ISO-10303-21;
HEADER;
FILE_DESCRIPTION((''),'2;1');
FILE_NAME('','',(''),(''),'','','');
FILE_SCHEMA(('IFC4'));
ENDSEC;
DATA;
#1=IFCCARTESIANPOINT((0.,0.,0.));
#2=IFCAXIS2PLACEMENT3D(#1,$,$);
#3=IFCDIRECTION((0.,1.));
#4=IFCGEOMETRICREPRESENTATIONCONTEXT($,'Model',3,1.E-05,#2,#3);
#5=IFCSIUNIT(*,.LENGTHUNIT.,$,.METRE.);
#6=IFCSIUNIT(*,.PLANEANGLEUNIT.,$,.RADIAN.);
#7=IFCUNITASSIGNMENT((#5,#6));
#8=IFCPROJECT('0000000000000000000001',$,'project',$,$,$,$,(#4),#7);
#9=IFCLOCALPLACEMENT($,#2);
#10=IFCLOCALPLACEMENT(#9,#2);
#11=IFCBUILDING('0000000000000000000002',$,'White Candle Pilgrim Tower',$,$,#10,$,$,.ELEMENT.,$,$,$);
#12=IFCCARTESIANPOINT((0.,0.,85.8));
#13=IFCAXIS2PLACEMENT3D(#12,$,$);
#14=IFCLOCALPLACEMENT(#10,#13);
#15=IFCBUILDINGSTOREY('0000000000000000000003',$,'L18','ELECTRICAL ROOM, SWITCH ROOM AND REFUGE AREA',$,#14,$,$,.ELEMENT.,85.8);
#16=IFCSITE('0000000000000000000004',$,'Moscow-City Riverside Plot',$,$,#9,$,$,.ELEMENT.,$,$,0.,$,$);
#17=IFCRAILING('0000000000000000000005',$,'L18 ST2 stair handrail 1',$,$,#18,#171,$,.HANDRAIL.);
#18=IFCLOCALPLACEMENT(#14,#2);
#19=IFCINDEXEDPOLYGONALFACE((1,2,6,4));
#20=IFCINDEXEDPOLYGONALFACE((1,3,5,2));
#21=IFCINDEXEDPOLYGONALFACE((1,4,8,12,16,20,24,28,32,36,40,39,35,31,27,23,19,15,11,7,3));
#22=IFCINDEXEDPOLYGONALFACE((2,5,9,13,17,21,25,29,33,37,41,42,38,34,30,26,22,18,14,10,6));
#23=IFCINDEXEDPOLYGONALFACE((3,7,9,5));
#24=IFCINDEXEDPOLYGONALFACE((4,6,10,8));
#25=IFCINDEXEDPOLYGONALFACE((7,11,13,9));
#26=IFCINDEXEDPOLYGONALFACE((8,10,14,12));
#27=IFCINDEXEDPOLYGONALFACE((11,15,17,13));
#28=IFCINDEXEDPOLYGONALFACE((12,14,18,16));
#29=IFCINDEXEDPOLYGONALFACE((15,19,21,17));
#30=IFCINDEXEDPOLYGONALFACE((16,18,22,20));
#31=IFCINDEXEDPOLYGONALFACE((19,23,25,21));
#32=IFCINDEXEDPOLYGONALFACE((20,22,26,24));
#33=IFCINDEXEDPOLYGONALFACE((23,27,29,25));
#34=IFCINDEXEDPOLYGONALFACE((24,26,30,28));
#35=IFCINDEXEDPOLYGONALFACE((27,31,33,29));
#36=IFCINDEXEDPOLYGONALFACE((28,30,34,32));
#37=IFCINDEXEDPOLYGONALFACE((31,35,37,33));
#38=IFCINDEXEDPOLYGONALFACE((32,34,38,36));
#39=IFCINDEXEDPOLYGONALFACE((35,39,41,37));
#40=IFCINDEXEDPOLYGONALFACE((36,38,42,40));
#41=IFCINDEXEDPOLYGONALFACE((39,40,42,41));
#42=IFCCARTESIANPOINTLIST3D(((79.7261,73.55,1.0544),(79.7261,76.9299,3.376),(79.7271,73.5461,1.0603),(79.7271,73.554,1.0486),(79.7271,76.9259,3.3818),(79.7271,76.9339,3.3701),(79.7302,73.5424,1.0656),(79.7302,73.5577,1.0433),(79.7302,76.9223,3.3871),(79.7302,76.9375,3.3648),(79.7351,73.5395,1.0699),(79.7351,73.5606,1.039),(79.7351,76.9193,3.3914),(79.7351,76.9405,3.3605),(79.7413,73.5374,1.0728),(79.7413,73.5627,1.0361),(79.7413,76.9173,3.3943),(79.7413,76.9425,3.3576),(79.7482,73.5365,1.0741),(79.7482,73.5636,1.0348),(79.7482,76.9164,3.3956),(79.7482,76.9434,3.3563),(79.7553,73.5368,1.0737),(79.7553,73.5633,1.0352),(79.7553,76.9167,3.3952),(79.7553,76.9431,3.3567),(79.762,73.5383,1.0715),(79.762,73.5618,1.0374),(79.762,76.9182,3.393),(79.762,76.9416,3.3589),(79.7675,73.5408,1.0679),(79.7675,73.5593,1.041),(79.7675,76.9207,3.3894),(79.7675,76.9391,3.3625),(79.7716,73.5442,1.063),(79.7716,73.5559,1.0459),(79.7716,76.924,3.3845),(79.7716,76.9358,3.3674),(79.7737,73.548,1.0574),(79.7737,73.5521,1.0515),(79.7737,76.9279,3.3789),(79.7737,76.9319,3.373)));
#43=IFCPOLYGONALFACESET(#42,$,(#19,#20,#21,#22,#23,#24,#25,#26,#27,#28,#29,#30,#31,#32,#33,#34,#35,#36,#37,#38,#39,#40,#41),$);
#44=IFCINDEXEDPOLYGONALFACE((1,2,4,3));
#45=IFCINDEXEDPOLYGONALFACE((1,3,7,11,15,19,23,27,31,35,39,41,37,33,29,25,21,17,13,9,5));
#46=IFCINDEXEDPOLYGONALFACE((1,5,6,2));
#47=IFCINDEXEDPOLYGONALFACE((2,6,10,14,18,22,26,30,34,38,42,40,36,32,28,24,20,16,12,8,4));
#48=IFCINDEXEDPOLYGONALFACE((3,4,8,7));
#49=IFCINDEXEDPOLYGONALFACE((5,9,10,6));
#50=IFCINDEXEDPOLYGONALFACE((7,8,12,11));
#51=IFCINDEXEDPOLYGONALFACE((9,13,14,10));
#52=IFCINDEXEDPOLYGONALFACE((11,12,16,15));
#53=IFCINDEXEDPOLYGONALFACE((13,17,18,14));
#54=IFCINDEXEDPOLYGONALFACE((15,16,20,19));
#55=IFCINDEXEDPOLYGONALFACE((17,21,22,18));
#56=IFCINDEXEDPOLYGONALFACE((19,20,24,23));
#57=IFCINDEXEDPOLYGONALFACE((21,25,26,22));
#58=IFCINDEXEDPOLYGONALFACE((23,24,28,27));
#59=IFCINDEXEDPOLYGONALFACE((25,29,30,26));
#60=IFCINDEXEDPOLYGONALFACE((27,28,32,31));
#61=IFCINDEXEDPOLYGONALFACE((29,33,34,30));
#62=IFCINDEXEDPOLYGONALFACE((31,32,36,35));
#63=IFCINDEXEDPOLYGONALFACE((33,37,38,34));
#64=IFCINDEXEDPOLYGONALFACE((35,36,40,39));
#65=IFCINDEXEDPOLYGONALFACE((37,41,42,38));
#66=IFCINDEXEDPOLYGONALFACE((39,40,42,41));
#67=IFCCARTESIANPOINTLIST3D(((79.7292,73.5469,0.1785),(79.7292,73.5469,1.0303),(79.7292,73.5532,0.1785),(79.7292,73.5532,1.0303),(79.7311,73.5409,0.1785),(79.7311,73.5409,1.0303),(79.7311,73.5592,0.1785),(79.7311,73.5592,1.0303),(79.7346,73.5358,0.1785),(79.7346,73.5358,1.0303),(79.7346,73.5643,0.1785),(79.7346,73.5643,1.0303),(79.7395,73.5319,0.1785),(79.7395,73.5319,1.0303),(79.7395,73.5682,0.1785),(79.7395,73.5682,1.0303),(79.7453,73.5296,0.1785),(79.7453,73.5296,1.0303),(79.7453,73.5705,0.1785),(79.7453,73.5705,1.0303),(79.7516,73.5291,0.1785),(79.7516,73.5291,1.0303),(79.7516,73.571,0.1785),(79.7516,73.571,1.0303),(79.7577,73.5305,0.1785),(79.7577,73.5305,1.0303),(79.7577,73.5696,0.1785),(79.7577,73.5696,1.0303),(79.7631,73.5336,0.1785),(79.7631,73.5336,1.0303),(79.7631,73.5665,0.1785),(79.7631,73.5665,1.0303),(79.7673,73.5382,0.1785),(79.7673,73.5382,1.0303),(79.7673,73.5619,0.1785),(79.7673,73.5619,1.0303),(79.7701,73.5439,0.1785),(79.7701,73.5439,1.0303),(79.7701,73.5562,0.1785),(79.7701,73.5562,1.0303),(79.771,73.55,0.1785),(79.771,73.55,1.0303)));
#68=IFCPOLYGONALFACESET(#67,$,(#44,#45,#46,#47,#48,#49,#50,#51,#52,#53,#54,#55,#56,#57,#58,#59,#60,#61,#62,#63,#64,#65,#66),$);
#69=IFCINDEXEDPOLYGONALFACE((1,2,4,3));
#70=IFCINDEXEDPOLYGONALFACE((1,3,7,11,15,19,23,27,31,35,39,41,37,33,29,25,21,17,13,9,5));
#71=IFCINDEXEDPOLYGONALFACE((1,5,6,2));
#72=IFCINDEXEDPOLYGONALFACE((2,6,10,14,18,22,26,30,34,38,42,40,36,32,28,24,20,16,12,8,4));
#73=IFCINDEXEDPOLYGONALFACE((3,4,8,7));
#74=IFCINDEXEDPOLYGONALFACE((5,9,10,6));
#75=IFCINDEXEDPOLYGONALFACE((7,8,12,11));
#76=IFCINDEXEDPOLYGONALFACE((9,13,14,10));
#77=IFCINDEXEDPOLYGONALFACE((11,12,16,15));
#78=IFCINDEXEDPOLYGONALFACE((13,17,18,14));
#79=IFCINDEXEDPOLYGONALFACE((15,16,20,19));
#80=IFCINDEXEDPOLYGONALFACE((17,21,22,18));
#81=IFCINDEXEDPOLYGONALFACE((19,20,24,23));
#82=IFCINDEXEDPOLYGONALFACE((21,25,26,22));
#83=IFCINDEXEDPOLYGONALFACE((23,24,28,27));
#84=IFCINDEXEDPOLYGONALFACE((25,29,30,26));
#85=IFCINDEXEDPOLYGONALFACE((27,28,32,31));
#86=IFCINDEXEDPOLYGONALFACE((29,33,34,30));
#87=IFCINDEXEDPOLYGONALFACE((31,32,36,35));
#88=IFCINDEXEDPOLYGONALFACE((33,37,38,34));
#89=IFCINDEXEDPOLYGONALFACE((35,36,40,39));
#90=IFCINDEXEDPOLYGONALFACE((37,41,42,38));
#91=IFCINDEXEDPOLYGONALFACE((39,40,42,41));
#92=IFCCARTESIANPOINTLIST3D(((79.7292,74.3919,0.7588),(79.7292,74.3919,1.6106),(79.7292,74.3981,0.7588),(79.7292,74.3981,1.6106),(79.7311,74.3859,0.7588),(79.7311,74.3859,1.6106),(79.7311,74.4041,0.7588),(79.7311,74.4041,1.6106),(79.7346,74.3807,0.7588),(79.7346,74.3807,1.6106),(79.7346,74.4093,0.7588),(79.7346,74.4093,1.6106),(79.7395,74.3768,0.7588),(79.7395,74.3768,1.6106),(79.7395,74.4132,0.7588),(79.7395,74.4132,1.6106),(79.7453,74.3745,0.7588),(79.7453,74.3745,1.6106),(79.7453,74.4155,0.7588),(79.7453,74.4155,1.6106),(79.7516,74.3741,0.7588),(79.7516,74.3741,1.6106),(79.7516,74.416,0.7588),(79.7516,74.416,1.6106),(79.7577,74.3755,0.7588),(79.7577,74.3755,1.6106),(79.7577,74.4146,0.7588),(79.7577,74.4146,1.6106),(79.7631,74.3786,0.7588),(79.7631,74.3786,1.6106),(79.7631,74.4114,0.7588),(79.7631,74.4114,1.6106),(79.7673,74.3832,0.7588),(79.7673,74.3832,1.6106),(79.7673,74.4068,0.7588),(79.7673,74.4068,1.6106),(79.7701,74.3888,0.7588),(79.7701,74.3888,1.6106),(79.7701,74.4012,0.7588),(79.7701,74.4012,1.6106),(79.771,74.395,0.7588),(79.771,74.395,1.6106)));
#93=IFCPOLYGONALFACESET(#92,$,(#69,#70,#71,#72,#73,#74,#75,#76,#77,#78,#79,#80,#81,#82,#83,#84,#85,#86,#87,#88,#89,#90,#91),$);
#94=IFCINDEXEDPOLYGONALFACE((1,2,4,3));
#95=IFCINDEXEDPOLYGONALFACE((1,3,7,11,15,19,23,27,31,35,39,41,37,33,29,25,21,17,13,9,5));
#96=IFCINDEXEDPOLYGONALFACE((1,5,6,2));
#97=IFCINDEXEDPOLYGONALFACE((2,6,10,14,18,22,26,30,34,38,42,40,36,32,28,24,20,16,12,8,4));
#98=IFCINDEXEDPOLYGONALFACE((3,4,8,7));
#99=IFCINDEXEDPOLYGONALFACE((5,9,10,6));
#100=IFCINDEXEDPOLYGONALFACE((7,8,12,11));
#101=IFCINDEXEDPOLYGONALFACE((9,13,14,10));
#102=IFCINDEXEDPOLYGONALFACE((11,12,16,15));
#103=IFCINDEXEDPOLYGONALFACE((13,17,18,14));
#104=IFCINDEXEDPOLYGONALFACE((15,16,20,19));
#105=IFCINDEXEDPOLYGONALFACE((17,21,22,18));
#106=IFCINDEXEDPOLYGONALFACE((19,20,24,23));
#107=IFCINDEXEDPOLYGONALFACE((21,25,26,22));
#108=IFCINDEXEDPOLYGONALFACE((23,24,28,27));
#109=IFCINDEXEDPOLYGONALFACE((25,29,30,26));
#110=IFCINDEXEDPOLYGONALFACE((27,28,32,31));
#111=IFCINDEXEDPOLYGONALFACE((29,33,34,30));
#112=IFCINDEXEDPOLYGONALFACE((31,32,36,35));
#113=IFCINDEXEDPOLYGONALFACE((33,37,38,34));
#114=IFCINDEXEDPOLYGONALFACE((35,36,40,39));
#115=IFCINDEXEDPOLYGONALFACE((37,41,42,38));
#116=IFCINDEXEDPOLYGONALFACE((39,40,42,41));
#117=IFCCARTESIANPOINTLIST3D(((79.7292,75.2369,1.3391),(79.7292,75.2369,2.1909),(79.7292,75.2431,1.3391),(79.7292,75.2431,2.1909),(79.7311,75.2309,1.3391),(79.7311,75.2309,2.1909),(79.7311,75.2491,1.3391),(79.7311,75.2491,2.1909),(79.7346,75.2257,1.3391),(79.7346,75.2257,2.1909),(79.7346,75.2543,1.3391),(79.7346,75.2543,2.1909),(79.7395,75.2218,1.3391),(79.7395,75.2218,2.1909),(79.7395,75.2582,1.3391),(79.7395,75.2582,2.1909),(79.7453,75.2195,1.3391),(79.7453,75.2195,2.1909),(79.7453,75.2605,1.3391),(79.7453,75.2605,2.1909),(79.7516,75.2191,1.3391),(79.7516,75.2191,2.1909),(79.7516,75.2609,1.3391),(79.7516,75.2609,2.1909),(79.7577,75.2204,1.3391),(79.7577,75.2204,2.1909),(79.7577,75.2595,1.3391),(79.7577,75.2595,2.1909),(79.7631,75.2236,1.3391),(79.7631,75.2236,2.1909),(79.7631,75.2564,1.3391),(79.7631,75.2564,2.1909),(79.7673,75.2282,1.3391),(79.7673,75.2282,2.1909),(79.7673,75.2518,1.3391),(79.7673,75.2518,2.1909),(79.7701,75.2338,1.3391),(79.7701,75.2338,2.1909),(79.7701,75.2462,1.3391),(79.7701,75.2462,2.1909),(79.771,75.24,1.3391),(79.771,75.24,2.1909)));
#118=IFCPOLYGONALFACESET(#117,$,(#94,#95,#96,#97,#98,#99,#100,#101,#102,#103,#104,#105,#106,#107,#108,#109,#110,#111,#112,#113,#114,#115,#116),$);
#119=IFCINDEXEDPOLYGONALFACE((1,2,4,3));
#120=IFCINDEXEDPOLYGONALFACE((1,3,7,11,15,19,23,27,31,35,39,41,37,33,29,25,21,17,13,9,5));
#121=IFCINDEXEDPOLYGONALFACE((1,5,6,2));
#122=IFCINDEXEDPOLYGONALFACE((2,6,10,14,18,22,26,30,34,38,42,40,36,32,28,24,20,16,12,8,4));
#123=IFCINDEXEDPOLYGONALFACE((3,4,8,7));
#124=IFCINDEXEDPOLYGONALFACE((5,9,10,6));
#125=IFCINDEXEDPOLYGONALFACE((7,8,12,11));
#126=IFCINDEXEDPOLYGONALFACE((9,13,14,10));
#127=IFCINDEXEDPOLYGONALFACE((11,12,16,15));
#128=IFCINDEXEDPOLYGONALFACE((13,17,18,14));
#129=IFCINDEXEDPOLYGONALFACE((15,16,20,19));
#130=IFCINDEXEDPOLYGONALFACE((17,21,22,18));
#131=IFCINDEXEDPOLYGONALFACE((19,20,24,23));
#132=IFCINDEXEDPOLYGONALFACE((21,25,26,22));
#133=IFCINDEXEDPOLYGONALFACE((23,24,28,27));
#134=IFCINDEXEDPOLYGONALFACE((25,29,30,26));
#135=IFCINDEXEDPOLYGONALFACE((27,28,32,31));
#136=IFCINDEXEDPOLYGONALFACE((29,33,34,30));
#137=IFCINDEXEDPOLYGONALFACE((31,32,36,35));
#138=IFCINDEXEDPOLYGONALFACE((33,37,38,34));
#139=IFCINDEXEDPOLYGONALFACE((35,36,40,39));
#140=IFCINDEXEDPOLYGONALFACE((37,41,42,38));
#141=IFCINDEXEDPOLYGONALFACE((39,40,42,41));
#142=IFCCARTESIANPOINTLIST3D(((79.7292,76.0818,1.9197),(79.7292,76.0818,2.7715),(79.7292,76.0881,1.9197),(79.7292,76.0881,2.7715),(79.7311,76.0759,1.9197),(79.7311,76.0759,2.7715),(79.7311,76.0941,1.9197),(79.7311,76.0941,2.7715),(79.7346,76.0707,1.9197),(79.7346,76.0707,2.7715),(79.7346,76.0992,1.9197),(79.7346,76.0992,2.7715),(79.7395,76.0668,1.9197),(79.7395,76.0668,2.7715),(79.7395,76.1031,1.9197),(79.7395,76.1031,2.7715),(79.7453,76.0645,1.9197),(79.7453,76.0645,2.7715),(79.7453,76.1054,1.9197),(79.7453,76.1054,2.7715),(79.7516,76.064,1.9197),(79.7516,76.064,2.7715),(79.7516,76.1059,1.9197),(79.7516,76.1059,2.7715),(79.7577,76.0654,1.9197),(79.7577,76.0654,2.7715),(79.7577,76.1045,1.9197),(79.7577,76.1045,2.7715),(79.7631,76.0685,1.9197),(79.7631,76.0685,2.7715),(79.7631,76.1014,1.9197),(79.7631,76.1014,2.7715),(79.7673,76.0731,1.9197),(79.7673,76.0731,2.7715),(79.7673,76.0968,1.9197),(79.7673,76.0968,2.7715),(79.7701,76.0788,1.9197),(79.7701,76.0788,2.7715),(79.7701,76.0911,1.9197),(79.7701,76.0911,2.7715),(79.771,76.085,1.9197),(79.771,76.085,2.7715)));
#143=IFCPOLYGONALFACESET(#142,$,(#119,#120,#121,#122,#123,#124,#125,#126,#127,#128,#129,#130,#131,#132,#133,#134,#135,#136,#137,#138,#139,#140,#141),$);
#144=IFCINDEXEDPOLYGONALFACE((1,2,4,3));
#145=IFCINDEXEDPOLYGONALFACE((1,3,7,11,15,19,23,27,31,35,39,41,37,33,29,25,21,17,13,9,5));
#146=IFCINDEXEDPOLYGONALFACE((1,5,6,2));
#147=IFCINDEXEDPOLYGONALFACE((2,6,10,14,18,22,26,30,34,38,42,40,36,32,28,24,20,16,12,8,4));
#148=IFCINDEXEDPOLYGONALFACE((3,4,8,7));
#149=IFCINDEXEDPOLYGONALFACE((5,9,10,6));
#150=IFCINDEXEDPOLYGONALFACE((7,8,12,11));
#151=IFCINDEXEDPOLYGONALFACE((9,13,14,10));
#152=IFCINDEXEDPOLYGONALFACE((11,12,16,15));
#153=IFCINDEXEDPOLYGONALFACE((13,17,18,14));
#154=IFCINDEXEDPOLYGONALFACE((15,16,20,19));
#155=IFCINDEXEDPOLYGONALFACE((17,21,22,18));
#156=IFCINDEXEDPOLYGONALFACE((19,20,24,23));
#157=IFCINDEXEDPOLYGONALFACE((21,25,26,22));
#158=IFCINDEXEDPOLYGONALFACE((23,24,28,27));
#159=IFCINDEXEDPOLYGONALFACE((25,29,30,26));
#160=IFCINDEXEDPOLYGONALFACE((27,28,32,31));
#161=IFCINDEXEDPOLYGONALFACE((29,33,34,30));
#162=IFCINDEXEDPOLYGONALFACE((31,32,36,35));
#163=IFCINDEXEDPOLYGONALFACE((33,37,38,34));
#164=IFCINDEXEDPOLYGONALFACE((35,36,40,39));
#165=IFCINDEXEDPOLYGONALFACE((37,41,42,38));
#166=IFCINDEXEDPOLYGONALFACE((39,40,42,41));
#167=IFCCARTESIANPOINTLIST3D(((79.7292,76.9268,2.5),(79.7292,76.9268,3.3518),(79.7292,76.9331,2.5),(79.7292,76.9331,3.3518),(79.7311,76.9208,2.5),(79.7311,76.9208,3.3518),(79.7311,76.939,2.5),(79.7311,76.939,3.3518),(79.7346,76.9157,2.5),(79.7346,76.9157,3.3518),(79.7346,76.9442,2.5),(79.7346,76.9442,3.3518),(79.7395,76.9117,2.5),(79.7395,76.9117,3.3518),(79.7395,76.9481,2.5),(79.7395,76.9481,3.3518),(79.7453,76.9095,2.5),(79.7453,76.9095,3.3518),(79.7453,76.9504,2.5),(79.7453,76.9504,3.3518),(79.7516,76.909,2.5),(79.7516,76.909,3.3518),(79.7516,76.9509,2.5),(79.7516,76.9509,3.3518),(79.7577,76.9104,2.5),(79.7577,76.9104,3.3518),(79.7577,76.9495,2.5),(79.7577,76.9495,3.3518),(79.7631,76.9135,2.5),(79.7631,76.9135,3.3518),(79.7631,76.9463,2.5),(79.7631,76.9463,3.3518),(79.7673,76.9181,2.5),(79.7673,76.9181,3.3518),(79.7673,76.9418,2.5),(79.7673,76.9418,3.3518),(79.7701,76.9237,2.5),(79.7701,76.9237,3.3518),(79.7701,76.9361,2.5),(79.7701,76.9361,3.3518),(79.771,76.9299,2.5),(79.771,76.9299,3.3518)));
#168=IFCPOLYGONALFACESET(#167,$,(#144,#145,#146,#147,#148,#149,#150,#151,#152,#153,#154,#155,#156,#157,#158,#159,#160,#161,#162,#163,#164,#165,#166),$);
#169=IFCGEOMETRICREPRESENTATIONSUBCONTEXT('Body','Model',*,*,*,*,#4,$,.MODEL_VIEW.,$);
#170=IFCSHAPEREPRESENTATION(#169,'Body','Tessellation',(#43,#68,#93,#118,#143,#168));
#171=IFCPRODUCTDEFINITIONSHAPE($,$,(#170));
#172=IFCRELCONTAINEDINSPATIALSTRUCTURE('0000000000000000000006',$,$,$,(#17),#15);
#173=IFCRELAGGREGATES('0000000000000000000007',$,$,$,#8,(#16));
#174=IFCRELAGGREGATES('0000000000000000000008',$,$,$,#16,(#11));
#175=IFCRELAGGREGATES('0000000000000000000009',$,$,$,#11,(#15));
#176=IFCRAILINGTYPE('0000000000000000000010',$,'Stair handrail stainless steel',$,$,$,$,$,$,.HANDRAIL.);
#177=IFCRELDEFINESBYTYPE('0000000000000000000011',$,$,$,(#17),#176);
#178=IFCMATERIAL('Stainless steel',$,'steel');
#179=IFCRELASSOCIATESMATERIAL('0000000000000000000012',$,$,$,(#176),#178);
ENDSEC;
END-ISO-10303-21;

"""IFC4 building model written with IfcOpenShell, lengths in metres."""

from ifc_helpers import new_model, si_unit, direction, frame, origin, origin_2d, place, context, subcontext, project, spatial, circle, extrude, material, type_object, element, save


model = new_model("IFC4")

# Units and contexts
model_context = context("Model", 3, precision=1e-05, world=origin(), true_north=direction((0.0, 1.0)))
body_context = subcontext(model_context, "Body", "Model", "MODEL_VIEW")
ifc_project = project(units=[si_unit("LENGTHUNIT", "METRE"), si_unit("PLANEANGLEUNIT", "RADIAN")], contexts=[model_context])

# Site, building, storey
site_placement = place(None, origin())
site = spatial("IfcSite", under=ifc_project, at=site_placement, Name="Moscow-City Riverside Plot", CompositionType="ELEMENT", RefElevation=0.0)
building_placement = place(site_placement, origin())
building = spatial("IfcBuilding", under=site, at=building_placement, Name="White Candle Pilgrim Tower", CompositionType="ELEMENT")
storey_placement = place(building_placement, frame((0.0, 0.0, 85.8)))
storey = spatial("IfcBuildingStorey", under=building, at=storey_placement, Name="L18", Description="ELECTRICAL ROOM, SWITCH ROOM AND REFUGE AREA", CompositionType="ELEMENT", Elevation=85.8)

# Railing
ifc_material_1 = material(Name="Stainless steel", Category="steel")
railing_type_1 = type_object("IfcRailingType", Name="Stair handrail stainless steel", PredefinedType="HANDRAIL", material=ifc_material_1)
railing_1_placement = place(storey_placement, frame((79.75, 73.55, 0.1785)))
element("IfcRailing", 1, at=railing_1_placement, inside=storey, type_object=railing_type_1, Name="L18 ST2 stair handrail 1", PredefinedType="HANDRAIL", context=body_context, shape_type="SweptSolid", body=[
    extrude(circle(Radius=0.0239, at=origin_2d()), frame((0.0, 0.0, 0.876), z_axis=(0.0, 0.824285, 0.566175), x_axis=(-1.0, 0.0, 0.0)), (0.0, 0.0, 1.0), 4.1003),
    extrude(circle(Radius=0.021, at=origin_2d()), origin(), (0.0, 0.0, 1.0), 0.8518),
    extrude(circle(Radius=0.021, at=origin_2d()), frame((0.0, 0.845, 0.5803)), (0.0, 0.0, 1.0), 0.8518),
    extrude(circle(Radius=0.021, at=origin_2d()), frame((0.0, 1.6899, 1.1606)), (0.0, 0.0, 1.0), 0.8518),
    extrude(circle(Radius=0.021, at=origin_2d()), frame((0.0, 2.5349, 1.7412)), (0.0, 0.0, 1.0), 0.8518),
    extrude(circle(Radius=0.021, at=origin_2d()), frame((0.0, 3.3799, 2.3215)), (0.0, 0.0, 1.0), 0.8518),
])

save(model, "model.ifc")
